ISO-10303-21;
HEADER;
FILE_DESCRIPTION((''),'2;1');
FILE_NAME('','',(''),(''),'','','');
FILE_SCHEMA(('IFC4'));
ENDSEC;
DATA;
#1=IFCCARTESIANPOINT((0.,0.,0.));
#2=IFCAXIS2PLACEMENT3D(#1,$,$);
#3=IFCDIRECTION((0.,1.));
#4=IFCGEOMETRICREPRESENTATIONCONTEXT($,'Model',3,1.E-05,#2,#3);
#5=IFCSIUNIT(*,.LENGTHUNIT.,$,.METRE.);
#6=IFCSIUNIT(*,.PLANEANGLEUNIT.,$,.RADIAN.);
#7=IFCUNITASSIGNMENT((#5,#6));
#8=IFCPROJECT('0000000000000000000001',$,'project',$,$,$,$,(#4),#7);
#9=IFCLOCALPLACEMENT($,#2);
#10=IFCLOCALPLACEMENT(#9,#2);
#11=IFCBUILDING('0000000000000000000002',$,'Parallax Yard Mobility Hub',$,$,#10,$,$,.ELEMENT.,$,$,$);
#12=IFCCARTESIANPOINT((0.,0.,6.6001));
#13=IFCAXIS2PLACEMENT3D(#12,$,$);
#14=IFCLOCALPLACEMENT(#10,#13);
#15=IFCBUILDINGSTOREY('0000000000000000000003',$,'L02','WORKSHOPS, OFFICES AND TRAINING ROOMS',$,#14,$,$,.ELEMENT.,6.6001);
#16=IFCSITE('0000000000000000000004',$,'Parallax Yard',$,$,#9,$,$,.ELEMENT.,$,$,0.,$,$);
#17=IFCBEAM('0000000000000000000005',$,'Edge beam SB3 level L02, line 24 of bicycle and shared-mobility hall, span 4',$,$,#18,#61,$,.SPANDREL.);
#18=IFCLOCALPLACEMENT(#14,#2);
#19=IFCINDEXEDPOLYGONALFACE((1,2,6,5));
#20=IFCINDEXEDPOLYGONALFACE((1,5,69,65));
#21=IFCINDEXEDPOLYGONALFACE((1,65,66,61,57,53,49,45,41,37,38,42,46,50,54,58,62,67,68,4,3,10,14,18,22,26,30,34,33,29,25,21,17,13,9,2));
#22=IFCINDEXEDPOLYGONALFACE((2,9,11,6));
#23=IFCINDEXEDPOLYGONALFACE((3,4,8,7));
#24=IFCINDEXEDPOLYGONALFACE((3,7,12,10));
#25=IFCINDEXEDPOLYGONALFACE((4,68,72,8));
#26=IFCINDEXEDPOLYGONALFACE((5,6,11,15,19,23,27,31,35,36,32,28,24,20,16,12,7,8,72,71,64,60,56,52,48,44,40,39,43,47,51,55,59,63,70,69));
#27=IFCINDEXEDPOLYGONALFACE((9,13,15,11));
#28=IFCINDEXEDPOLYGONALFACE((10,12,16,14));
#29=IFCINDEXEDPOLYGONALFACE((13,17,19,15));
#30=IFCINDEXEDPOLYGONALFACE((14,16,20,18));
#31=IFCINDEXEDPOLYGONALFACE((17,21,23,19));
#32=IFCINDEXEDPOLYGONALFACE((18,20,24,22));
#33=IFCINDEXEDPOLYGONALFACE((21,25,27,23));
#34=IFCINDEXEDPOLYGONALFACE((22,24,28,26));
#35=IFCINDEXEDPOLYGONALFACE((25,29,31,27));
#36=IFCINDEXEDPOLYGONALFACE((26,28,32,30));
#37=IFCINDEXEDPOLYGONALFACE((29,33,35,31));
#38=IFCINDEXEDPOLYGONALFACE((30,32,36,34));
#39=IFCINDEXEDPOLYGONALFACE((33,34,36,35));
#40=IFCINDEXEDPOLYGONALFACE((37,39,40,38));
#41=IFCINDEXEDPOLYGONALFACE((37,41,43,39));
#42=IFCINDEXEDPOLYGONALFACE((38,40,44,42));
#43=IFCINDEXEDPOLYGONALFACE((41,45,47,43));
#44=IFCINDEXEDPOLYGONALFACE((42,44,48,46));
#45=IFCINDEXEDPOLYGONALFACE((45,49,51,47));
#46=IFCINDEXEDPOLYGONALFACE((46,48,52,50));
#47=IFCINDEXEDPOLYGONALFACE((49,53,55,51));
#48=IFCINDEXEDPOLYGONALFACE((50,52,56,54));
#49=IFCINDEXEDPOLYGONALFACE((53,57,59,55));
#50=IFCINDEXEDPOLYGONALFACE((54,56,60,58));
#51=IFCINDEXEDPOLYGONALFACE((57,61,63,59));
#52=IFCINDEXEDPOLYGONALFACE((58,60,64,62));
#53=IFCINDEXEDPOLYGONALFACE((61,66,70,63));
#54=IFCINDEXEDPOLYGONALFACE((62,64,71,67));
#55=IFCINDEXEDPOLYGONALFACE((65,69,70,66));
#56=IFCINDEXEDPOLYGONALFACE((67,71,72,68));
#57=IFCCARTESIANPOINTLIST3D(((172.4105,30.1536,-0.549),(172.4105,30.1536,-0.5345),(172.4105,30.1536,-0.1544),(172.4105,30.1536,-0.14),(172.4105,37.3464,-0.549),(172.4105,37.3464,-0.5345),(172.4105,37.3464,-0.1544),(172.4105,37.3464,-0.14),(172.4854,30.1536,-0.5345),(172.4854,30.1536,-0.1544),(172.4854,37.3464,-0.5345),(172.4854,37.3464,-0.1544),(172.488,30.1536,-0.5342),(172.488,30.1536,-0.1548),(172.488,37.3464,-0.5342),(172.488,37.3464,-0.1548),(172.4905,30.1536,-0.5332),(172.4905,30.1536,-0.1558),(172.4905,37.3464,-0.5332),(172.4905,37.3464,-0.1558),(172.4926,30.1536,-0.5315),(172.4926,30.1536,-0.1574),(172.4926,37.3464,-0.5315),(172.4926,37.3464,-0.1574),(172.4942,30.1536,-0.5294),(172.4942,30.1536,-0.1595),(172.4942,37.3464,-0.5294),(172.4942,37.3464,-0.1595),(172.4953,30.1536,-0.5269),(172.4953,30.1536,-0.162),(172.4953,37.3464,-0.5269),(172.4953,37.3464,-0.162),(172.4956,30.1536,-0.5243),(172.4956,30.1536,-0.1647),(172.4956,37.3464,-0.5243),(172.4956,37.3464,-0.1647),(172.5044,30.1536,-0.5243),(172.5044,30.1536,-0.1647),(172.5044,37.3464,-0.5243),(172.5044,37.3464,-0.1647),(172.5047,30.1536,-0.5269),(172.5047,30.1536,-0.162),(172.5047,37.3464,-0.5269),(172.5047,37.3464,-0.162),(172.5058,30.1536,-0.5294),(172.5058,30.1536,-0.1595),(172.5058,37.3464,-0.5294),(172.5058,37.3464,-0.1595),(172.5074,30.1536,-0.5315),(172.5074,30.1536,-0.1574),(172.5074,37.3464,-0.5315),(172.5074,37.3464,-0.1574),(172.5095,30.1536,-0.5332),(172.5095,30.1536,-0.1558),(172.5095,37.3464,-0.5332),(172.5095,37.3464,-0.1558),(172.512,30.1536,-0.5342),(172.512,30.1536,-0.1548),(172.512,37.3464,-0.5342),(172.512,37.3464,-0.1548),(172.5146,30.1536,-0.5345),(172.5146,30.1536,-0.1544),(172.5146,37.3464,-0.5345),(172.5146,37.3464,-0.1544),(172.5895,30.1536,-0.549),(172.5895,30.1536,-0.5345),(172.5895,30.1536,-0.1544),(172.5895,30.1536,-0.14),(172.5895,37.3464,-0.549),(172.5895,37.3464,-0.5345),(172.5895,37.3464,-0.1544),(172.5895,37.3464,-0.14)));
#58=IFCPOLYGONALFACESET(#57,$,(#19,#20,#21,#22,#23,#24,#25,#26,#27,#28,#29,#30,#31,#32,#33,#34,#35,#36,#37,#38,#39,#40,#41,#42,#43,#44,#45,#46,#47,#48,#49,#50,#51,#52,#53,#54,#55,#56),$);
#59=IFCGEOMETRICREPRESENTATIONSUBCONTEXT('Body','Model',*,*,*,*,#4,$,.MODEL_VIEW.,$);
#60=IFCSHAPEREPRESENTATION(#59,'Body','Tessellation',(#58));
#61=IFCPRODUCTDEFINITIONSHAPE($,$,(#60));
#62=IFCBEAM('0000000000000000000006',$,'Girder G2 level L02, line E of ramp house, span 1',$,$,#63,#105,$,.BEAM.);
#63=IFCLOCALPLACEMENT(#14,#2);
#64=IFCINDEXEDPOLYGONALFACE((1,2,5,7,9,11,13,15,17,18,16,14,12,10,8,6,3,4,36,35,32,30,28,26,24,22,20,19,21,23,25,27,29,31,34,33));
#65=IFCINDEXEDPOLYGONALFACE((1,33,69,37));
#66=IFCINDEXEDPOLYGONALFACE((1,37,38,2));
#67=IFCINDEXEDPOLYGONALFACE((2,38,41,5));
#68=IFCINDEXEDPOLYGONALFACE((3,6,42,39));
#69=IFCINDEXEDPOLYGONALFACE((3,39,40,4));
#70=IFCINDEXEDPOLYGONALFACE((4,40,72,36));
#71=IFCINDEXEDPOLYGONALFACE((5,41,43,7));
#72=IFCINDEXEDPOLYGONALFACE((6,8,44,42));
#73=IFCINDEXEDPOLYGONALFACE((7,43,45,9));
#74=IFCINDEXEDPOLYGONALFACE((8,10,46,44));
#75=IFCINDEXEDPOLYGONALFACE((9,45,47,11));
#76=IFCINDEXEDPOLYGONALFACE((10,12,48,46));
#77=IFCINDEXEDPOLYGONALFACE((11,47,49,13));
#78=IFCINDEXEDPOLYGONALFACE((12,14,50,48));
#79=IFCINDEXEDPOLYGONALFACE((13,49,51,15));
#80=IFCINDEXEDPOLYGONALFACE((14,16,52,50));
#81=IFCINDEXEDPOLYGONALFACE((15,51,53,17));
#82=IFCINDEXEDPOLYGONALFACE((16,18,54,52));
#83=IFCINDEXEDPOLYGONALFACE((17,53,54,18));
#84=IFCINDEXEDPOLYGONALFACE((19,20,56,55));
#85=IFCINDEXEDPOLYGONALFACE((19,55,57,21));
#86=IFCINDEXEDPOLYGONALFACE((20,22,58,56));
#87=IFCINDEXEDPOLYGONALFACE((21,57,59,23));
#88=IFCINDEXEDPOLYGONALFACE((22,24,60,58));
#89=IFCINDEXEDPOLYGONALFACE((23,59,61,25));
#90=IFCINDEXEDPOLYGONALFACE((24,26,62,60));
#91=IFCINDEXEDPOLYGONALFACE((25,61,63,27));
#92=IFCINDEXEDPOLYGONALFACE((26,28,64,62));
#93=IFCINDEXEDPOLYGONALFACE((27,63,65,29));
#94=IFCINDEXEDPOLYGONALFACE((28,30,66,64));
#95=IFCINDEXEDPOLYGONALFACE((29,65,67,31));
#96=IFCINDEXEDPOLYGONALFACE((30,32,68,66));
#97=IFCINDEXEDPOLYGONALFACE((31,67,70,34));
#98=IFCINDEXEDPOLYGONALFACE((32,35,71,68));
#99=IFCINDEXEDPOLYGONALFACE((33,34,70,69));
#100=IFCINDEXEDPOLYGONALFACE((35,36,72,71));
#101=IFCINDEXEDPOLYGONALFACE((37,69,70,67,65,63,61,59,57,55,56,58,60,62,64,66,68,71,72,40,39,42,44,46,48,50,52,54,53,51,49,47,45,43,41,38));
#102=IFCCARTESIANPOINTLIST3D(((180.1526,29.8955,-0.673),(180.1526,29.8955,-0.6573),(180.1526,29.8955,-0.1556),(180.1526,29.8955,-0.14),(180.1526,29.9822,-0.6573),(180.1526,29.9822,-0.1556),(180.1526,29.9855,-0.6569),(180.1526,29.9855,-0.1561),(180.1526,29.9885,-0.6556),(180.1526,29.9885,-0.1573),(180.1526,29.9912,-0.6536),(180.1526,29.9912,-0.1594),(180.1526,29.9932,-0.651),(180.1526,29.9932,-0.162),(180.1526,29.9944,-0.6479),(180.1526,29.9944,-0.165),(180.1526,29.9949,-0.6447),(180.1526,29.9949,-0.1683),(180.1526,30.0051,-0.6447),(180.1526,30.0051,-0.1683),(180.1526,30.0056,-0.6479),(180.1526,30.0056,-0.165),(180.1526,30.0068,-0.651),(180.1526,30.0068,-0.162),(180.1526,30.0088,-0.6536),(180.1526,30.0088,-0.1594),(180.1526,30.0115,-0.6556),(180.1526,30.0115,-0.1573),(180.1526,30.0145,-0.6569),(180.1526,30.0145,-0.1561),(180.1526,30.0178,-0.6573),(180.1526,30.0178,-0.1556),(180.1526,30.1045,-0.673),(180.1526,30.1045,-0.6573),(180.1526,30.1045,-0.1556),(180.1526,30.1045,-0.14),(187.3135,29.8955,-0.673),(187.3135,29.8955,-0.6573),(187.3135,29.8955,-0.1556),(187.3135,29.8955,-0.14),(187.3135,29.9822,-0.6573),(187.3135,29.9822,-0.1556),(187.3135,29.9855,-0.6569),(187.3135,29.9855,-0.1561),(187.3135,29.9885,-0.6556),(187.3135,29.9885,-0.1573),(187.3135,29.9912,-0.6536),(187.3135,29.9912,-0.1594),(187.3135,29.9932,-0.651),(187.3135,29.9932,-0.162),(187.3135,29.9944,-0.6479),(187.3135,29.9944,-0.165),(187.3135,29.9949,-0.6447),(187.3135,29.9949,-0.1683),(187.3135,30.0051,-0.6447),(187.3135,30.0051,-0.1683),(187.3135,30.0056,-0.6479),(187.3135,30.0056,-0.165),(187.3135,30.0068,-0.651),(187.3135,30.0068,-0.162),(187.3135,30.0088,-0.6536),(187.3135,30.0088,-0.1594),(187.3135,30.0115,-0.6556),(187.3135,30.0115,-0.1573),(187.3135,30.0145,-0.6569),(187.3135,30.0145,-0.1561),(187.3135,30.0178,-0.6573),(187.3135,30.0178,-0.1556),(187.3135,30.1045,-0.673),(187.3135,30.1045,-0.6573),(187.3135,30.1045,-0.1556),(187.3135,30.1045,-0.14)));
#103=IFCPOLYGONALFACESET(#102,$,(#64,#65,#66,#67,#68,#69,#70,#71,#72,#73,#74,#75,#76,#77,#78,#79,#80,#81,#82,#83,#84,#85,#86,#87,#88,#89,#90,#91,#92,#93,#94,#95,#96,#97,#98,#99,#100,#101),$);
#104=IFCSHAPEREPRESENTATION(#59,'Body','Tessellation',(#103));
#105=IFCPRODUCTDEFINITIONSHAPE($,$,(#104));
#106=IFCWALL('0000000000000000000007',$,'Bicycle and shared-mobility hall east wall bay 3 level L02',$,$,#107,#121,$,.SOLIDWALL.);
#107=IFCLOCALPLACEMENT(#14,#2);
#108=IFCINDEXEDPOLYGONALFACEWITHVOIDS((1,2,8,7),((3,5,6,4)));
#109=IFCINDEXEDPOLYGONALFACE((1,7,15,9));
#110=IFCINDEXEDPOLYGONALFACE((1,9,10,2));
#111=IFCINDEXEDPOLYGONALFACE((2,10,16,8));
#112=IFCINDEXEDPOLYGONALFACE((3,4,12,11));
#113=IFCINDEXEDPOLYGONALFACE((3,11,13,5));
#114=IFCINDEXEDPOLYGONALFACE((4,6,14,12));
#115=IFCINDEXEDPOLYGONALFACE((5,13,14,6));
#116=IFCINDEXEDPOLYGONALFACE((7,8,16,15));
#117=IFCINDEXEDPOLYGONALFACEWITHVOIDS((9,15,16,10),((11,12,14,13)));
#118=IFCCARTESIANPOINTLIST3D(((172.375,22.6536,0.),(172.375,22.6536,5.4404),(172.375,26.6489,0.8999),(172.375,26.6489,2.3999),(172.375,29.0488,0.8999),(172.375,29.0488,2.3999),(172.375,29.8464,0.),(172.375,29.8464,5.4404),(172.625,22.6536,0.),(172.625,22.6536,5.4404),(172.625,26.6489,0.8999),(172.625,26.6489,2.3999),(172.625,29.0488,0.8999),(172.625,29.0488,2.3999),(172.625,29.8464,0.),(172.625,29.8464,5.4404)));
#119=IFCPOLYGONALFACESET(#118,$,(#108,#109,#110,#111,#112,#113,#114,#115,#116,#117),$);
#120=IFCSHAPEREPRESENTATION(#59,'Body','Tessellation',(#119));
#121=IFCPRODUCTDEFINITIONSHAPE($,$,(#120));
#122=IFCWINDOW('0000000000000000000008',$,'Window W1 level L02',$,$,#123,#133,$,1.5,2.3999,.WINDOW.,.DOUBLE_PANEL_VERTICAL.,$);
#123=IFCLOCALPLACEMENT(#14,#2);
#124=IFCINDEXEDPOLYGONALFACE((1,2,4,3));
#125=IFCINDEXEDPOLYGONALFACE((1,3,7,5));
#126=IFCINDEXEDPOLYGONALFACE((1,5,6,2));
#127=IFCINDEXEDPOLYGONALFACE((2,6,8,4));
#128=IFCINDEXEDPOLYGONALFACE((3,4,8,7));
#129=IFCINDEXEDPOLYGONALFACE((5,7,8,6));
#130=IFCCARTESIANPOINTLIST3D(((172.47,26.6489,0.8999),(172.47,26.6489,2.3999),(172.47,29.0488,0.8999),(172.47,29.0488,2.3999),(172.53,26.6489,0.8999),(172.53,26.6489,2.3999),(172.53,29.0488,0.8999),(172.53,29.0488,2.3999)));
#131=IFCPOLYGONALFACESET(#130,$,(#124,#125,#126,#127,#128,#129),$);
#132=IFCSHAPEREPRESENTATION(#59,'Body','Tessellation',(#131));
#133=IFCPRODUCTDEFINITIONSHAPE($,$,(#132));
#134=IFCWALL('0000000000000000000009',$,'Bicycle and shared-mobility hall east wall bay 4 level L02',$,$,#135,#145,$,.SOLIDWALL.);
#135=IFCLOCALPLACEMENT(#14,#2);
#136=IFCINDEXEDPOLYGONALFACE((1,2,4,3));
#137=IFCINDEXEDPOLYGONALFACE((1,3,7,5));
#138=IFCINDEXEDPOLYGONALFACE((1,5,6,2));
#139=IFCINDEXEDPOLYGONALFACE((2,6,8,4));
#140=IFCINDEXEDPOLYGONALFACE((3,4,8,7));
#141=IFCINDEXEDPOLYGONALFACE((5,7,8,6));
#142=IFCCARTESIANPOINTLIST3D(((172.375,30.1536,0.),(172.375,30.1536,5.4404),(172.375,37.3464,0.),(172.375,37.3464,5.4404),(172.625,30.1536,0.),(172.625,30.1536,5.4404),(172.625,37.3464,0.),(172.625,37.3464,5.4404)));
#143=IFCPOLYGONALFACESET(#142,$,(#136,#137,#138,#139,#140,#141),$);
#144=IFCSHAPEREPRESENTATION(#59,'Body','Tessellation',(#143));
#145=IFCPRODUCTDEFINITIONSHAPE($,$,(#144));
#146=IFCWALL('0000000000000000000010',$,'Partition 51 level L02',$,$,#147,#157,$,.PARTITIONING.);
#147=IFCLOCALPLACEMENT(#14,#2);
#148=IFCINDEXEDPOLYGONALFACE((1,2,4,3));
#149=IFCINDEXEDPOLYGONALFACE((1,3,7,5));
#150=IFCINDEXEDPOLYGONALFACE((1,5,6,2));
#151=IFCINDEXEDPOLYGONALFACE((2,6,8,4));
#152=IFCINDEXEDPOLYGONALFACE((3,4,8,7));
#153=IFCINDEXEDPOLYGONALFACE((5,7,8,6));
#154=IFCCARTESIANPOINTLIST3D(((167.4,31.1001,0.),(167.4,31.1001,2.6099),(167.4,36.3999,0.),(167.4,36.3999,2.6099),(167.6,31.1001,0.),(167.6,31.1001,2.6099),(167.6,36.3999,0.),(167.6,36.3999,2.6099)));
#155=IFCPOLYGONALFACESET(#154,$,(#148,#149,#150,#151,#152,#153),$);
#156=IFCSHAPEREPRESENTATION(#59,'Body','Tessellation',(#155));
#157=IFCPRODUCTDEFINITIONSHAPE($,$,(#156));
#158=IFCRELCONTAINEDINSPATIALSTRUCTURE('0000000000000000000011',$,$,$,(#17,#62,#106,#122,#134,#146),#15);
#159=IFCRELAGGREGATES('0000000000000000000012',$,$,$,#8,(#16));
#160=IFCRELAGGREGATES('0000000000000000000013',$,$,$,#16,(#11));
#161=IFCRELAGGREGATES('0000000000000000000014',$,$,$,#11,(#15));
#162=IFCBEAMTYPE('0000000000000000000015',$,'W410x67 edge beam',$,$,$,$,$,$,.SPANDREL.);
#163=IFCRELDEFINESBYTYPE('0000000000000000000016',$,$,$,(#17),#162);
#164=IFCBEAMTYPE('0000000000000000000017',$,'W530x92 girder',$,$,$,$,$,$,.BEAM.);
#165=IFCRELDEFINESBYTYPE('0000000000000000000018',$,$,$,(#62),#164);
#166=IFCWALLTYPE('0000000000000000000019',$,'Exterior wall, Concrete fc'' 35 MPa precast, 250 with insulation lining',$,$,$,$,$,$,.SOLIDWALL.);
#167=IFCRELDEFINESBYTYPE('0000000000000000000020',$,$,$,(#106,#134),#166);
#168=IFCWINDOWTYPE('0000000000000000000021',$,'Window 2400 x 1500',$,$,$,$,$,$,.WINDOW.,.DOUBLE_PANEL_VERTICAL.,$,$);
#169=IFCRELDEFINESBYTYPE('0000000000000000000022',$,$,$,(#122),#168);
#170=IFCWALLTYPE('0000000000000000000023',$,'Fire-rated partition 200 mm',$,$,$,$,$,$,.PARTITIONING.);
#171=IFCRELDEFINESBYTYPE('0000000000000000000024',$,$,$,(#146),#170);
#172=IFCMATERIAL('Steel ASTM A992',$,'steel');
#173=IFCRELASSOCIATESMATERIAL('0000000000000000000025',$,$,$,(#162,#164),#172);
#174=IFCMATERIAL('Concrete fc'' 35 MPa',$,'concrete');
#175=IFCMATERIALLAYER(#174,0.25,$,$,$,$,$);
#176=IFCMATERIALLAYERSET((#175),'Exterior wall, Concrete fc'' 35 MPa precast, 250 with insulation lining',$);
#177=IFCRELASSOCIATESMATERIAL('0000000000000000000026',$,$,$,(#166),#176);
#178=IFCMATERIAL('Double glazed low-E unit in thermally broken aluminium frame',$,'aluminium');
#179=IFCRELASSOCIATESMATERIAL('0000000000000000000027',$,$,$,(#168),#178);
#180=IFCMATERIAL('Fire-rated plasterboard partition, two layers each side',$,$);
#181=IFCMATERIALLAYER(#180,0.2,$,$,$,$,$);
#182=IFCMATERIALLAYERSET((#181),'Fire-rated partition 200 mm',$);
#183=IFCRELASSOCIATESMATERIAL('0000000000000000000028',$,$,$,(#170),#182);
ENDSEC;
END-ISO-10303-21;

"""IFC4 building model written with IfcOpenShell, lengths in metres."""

from ifc_helpers import new_model, si_unit, direction, frame, frame_2d, origin, origin_2d, place, context, subcontext, project, spatial, rectangle, i_section, extrude, material, layer, layer_set, material_profile, profile_set, type_object, element, fill, save


model = new_model("IFC4")

# Units and contexts
model_context = context("Model", 3, precision=1e-05, world=origin(), true_north=direction((0.0, 1.0)))
body_context = subcontext(model_context, "Body", "Model", "MODEL_VIEW")
ifc_project = project(units=[si_unit("LENGTHUNIT", "METRE"), si_unit("PLANEANGLEUNIT", "RADIAN")], contexts=[model_context])

# Site, building, storey
site_placement = place(None, origin())
site = spatial("IfcSite", under=ifc_project, at=site_placement, Name="Parallax Yard", CompositionType="ELEMENT", RefElevation=0.0)
building_placement = place(site_placement, origin())
building = spatial("IfcBuilding", under=site, at=building_placement, Name="Parallax Yard Mobility Hub", CompositionType="ELEMENT")
storey_placement = place(building_placement, frame((0.0, 0.0, 6.6001)))
storey = spatial("IfcBuildingStorey", under=building, at=storey_placement, Name="L02", Description="WORKSHOPS, OFFICES AND TRAINING ROOMS", CompositionType="ELEMENT", Elevation=6.6001)

# Shared definitions
ifc_material_1 = material(Name="Steel ASTM A992", Category="steel")

# Beams
ifc_material_profile_1 = material_profile(ifc_material_1, i_section(OverallWidth=0.179, OverallDepth=0.4089, WebThickness=0.0088, FlangeThickness=0.0144, FilletRadius=0.0103, at=origin_2d()), Name="W410x67")
ifc_profile_set_1 = profile_set([ifc_material_profile_1], Name="Steel ASTM A992")
beam_type_1 = type_object("IfcBeamType", Name="W410x67 edge beam", PredefinedType="SPANDREL", material=ifc_profile_set_1)
for number, where, z_axis, x_axis, name in (
    (1, (172.5, 30.1536, -0.3445), (0.0, 1.0, 0.0), (-1.0, 0.0, 0.0), "Edge beam SB3 level L02, line 24 of bicycle and shared-mobility hall, span 4"),
):
    element("IfcBeam", number, at=place(storey_placement, frame(where, z_axis=z_axis, x_axis=x_axis)), inside=storey, type_object=beam_type_1, Name=name, PredefinedType="SPANDREL", context=body_context, shape_type="SweptSolid", body=[
        extrude(i_section(OverallWidth=0.179, OverallDepth=0.4089, WebThickness=0.0088, FlangeThickness=0.0144, FilletRadius=0.0103, at=origin_2d()), origin(), (0.0, 0.0, 1.0), 7.1929),
    ])
ifc_material_profile_2 = material_profile(ifc_material_1, i_section(OverallWidth=0.209, OverallDepth=0.533, WebThickness=0.0103, FlangeThickness=0.0156, FilletRadius=0.0127, at=origin_2d()), Name="W530x92")
ifc_profile_set_2 = profile_set([ifc_material_profile_2], Name="Steel ASTM A992")
beam_type_2 = type_object("IfcBeamType", Name="W530x92 girder", PredefinedType="BEAM", material=ifc_profile_set_2)
beam_1_placement = place(storey_placement, frame((180.1526, 30.0, -0.4065), z_axis=(1.0, 0.0, 0.0), x_axis=(0.0, 1.0, 0.0)))
element("IfcBeam", 2, at=beam_1_placement, inside=storey, type_object=beam_type_2, Name="Girder G2 level L02, line E of ramp house, span 1", PredefinedType="BEAM", context=body_context, shape_type="SweptSolid", body=[
    extrude(i_section(OverallWidth=0.209, OverallDepth=0.533, WebThickness=0.0103, FlangeThickness=0.0156, FilletRadius=0.0127, at=origin_2d()), origin(), (0.0, 0.0, 1.0), 7.1609),
])

# Wall, opening, window
ifc_material_2 = material(Name="Concrete fc' 35 MPa", Category="concrete")
ifc_layer_1 = layer(ifc_material_2, 0.25)
ifc_layer_set_1 = layer_set([ifc_layer_1], Name="Exterior wall, Concrete fc' 35 MPa precast, 250 with insulation lining")
wall_type_1 = type_object("IfcWallType", Name="Exterior wall, Concrete fc' 35 MPa precast, 250 with insulation lining", PredefinedType="SOLIDWALL", material=ifc_layer_set_1)
wall_1_placement = place(storey_placement, frame((172.5, 22.6536, 0.0), z_axis=(0.0, 0.0, 1.0), x_axis=(0.0, 1.0, 0.0)))
wall_1 = element("IfcWall", 3, at=wall_1_placement, inside=storey, type_object=wall_type_1, Name="Bicycle and shared-mobility hall east wall bay 3 level L02", PredefinedType="SOLIDWALL", context=body_context, shape_type="SweptSolid", body=[
    extrude(rectangle(XDim=7.1929, YDim=0.25, at=frame_2d((3.5964, 0.0))), origin(), (0.0, 0.0, 1.0), 5.4404),
])
opening_1_placement = place(wall_1_placement, frame((3.9954, 0.0, 0.8999)))
opening_1 = element("IfcOpeningElement", 4, at=opening_1_placement, cuts=wall_1, PredefinedType="OPENING", context=body_context, shape_type="SweptSolid", body=[
    extrude(rectangle(XDim=2.3999, YDim=1.5, at=frame_2d((1.2, 0.75))), frame((0.0, 0.135, 0.0), z_axis=(0.0, -1.0, 0.0), x_axis=(1.0, 0.0, 0.0)), (0.0, 0.0, 1.0), 0.27),
])
ifc_material_3 = material(Name="Double glazed low-E unit in thermally broken aluminium frame", Category="aluminium")
window_type_1 = type_object("IfcWindowType", Name="Window 2400 x 1500", PartitioningType="DOUBLE_PANEL_VERTICAL", PredefinedType="WINDOW", material=ifc_material_3)
window_1_placement = place(opening_1_placement, origin())
window_1 = element("IfcWindow", 5, at=window_1_placement, inside=storey, type_object=window_type_1, Name="Window W1 level L02", OverallHeight=1.5, OverallWidth=2.3999, PartitioningType="DOUBLE_PANEL_VERTICAL", PredefinedType="WINDOW", context=body_context, shape_type="SweptSolid", body=[
    extrude(rectangle(XDim=2.3999, YDim=1.5, at=frame_2d((1.2, 0.75))), frame((0.0, 0.03, 0.0), z_axis=(0.0, -1.0, 0.0), x_axis=(1.0, 0.0, 0.0)), (0.0, 0.0, 1.0), 0.0601),
])
fill(opening_1, window_1)

# Walls
wall_2_placement = place(storey_placement, frame((172.5, 30.1536, 0.0), z_axis=(0.0, 0.0, 1.0), x_axis=(0.0, 1.0, 0.0)))
element("IfcWall", 6, at=wall_2_placement, inside=storey, type_object=wall_type_1, Name="Bicycle and shared-mobility hall east wall bay 4 level L02", PredefinedType="SOLIDWALL", context=body_context, shape_type="SweptSolid", body=[
    extrude(rectangle(XDim=7.1929, YDim=0.25, at=frame_2d((3.5964, 0.0))), origin(), (0.0, 0.0, 1.0), 5.4404),
])
ifc_material_4 = material(Name="Fire-rated plasterboard partition, two layers each side")
ifc_layer_2 = layer(ifc_material_4, 0.2)
ifc_layer_set_2 = layer_set([ifc_layer_2], Name="Fire-rated partition 200 mm")
wall_type_2 = type_object("IfcWallType", Name="Fire-rated partition 200 mm", PredefinedType="PARTITIONING", material=ifc_layer_set_2)
wall_3_placement = place(storey_placement, frame((167.5, 31.1001, 0.0), z_axis=(0.0, 0.0, 1.0), x_axis=(0.0, 1.0, 0.0)))
element("IfcWall", 7, at=wall_3_placement, inside=storey, type_object=wall_type_2, Name="Partition 51 level L02", PredefinedType="PARTITIONING", context=body_context, shape_type="SweptSolid", body=[
    extrude(rectangle(XDim=5.2998, YDim=0.2, at=frame_2d((2.6499, 0.0))), origin(), (0.0, 0.0, 1.0), 2.6099),
])

save(model, "model.ifc")
